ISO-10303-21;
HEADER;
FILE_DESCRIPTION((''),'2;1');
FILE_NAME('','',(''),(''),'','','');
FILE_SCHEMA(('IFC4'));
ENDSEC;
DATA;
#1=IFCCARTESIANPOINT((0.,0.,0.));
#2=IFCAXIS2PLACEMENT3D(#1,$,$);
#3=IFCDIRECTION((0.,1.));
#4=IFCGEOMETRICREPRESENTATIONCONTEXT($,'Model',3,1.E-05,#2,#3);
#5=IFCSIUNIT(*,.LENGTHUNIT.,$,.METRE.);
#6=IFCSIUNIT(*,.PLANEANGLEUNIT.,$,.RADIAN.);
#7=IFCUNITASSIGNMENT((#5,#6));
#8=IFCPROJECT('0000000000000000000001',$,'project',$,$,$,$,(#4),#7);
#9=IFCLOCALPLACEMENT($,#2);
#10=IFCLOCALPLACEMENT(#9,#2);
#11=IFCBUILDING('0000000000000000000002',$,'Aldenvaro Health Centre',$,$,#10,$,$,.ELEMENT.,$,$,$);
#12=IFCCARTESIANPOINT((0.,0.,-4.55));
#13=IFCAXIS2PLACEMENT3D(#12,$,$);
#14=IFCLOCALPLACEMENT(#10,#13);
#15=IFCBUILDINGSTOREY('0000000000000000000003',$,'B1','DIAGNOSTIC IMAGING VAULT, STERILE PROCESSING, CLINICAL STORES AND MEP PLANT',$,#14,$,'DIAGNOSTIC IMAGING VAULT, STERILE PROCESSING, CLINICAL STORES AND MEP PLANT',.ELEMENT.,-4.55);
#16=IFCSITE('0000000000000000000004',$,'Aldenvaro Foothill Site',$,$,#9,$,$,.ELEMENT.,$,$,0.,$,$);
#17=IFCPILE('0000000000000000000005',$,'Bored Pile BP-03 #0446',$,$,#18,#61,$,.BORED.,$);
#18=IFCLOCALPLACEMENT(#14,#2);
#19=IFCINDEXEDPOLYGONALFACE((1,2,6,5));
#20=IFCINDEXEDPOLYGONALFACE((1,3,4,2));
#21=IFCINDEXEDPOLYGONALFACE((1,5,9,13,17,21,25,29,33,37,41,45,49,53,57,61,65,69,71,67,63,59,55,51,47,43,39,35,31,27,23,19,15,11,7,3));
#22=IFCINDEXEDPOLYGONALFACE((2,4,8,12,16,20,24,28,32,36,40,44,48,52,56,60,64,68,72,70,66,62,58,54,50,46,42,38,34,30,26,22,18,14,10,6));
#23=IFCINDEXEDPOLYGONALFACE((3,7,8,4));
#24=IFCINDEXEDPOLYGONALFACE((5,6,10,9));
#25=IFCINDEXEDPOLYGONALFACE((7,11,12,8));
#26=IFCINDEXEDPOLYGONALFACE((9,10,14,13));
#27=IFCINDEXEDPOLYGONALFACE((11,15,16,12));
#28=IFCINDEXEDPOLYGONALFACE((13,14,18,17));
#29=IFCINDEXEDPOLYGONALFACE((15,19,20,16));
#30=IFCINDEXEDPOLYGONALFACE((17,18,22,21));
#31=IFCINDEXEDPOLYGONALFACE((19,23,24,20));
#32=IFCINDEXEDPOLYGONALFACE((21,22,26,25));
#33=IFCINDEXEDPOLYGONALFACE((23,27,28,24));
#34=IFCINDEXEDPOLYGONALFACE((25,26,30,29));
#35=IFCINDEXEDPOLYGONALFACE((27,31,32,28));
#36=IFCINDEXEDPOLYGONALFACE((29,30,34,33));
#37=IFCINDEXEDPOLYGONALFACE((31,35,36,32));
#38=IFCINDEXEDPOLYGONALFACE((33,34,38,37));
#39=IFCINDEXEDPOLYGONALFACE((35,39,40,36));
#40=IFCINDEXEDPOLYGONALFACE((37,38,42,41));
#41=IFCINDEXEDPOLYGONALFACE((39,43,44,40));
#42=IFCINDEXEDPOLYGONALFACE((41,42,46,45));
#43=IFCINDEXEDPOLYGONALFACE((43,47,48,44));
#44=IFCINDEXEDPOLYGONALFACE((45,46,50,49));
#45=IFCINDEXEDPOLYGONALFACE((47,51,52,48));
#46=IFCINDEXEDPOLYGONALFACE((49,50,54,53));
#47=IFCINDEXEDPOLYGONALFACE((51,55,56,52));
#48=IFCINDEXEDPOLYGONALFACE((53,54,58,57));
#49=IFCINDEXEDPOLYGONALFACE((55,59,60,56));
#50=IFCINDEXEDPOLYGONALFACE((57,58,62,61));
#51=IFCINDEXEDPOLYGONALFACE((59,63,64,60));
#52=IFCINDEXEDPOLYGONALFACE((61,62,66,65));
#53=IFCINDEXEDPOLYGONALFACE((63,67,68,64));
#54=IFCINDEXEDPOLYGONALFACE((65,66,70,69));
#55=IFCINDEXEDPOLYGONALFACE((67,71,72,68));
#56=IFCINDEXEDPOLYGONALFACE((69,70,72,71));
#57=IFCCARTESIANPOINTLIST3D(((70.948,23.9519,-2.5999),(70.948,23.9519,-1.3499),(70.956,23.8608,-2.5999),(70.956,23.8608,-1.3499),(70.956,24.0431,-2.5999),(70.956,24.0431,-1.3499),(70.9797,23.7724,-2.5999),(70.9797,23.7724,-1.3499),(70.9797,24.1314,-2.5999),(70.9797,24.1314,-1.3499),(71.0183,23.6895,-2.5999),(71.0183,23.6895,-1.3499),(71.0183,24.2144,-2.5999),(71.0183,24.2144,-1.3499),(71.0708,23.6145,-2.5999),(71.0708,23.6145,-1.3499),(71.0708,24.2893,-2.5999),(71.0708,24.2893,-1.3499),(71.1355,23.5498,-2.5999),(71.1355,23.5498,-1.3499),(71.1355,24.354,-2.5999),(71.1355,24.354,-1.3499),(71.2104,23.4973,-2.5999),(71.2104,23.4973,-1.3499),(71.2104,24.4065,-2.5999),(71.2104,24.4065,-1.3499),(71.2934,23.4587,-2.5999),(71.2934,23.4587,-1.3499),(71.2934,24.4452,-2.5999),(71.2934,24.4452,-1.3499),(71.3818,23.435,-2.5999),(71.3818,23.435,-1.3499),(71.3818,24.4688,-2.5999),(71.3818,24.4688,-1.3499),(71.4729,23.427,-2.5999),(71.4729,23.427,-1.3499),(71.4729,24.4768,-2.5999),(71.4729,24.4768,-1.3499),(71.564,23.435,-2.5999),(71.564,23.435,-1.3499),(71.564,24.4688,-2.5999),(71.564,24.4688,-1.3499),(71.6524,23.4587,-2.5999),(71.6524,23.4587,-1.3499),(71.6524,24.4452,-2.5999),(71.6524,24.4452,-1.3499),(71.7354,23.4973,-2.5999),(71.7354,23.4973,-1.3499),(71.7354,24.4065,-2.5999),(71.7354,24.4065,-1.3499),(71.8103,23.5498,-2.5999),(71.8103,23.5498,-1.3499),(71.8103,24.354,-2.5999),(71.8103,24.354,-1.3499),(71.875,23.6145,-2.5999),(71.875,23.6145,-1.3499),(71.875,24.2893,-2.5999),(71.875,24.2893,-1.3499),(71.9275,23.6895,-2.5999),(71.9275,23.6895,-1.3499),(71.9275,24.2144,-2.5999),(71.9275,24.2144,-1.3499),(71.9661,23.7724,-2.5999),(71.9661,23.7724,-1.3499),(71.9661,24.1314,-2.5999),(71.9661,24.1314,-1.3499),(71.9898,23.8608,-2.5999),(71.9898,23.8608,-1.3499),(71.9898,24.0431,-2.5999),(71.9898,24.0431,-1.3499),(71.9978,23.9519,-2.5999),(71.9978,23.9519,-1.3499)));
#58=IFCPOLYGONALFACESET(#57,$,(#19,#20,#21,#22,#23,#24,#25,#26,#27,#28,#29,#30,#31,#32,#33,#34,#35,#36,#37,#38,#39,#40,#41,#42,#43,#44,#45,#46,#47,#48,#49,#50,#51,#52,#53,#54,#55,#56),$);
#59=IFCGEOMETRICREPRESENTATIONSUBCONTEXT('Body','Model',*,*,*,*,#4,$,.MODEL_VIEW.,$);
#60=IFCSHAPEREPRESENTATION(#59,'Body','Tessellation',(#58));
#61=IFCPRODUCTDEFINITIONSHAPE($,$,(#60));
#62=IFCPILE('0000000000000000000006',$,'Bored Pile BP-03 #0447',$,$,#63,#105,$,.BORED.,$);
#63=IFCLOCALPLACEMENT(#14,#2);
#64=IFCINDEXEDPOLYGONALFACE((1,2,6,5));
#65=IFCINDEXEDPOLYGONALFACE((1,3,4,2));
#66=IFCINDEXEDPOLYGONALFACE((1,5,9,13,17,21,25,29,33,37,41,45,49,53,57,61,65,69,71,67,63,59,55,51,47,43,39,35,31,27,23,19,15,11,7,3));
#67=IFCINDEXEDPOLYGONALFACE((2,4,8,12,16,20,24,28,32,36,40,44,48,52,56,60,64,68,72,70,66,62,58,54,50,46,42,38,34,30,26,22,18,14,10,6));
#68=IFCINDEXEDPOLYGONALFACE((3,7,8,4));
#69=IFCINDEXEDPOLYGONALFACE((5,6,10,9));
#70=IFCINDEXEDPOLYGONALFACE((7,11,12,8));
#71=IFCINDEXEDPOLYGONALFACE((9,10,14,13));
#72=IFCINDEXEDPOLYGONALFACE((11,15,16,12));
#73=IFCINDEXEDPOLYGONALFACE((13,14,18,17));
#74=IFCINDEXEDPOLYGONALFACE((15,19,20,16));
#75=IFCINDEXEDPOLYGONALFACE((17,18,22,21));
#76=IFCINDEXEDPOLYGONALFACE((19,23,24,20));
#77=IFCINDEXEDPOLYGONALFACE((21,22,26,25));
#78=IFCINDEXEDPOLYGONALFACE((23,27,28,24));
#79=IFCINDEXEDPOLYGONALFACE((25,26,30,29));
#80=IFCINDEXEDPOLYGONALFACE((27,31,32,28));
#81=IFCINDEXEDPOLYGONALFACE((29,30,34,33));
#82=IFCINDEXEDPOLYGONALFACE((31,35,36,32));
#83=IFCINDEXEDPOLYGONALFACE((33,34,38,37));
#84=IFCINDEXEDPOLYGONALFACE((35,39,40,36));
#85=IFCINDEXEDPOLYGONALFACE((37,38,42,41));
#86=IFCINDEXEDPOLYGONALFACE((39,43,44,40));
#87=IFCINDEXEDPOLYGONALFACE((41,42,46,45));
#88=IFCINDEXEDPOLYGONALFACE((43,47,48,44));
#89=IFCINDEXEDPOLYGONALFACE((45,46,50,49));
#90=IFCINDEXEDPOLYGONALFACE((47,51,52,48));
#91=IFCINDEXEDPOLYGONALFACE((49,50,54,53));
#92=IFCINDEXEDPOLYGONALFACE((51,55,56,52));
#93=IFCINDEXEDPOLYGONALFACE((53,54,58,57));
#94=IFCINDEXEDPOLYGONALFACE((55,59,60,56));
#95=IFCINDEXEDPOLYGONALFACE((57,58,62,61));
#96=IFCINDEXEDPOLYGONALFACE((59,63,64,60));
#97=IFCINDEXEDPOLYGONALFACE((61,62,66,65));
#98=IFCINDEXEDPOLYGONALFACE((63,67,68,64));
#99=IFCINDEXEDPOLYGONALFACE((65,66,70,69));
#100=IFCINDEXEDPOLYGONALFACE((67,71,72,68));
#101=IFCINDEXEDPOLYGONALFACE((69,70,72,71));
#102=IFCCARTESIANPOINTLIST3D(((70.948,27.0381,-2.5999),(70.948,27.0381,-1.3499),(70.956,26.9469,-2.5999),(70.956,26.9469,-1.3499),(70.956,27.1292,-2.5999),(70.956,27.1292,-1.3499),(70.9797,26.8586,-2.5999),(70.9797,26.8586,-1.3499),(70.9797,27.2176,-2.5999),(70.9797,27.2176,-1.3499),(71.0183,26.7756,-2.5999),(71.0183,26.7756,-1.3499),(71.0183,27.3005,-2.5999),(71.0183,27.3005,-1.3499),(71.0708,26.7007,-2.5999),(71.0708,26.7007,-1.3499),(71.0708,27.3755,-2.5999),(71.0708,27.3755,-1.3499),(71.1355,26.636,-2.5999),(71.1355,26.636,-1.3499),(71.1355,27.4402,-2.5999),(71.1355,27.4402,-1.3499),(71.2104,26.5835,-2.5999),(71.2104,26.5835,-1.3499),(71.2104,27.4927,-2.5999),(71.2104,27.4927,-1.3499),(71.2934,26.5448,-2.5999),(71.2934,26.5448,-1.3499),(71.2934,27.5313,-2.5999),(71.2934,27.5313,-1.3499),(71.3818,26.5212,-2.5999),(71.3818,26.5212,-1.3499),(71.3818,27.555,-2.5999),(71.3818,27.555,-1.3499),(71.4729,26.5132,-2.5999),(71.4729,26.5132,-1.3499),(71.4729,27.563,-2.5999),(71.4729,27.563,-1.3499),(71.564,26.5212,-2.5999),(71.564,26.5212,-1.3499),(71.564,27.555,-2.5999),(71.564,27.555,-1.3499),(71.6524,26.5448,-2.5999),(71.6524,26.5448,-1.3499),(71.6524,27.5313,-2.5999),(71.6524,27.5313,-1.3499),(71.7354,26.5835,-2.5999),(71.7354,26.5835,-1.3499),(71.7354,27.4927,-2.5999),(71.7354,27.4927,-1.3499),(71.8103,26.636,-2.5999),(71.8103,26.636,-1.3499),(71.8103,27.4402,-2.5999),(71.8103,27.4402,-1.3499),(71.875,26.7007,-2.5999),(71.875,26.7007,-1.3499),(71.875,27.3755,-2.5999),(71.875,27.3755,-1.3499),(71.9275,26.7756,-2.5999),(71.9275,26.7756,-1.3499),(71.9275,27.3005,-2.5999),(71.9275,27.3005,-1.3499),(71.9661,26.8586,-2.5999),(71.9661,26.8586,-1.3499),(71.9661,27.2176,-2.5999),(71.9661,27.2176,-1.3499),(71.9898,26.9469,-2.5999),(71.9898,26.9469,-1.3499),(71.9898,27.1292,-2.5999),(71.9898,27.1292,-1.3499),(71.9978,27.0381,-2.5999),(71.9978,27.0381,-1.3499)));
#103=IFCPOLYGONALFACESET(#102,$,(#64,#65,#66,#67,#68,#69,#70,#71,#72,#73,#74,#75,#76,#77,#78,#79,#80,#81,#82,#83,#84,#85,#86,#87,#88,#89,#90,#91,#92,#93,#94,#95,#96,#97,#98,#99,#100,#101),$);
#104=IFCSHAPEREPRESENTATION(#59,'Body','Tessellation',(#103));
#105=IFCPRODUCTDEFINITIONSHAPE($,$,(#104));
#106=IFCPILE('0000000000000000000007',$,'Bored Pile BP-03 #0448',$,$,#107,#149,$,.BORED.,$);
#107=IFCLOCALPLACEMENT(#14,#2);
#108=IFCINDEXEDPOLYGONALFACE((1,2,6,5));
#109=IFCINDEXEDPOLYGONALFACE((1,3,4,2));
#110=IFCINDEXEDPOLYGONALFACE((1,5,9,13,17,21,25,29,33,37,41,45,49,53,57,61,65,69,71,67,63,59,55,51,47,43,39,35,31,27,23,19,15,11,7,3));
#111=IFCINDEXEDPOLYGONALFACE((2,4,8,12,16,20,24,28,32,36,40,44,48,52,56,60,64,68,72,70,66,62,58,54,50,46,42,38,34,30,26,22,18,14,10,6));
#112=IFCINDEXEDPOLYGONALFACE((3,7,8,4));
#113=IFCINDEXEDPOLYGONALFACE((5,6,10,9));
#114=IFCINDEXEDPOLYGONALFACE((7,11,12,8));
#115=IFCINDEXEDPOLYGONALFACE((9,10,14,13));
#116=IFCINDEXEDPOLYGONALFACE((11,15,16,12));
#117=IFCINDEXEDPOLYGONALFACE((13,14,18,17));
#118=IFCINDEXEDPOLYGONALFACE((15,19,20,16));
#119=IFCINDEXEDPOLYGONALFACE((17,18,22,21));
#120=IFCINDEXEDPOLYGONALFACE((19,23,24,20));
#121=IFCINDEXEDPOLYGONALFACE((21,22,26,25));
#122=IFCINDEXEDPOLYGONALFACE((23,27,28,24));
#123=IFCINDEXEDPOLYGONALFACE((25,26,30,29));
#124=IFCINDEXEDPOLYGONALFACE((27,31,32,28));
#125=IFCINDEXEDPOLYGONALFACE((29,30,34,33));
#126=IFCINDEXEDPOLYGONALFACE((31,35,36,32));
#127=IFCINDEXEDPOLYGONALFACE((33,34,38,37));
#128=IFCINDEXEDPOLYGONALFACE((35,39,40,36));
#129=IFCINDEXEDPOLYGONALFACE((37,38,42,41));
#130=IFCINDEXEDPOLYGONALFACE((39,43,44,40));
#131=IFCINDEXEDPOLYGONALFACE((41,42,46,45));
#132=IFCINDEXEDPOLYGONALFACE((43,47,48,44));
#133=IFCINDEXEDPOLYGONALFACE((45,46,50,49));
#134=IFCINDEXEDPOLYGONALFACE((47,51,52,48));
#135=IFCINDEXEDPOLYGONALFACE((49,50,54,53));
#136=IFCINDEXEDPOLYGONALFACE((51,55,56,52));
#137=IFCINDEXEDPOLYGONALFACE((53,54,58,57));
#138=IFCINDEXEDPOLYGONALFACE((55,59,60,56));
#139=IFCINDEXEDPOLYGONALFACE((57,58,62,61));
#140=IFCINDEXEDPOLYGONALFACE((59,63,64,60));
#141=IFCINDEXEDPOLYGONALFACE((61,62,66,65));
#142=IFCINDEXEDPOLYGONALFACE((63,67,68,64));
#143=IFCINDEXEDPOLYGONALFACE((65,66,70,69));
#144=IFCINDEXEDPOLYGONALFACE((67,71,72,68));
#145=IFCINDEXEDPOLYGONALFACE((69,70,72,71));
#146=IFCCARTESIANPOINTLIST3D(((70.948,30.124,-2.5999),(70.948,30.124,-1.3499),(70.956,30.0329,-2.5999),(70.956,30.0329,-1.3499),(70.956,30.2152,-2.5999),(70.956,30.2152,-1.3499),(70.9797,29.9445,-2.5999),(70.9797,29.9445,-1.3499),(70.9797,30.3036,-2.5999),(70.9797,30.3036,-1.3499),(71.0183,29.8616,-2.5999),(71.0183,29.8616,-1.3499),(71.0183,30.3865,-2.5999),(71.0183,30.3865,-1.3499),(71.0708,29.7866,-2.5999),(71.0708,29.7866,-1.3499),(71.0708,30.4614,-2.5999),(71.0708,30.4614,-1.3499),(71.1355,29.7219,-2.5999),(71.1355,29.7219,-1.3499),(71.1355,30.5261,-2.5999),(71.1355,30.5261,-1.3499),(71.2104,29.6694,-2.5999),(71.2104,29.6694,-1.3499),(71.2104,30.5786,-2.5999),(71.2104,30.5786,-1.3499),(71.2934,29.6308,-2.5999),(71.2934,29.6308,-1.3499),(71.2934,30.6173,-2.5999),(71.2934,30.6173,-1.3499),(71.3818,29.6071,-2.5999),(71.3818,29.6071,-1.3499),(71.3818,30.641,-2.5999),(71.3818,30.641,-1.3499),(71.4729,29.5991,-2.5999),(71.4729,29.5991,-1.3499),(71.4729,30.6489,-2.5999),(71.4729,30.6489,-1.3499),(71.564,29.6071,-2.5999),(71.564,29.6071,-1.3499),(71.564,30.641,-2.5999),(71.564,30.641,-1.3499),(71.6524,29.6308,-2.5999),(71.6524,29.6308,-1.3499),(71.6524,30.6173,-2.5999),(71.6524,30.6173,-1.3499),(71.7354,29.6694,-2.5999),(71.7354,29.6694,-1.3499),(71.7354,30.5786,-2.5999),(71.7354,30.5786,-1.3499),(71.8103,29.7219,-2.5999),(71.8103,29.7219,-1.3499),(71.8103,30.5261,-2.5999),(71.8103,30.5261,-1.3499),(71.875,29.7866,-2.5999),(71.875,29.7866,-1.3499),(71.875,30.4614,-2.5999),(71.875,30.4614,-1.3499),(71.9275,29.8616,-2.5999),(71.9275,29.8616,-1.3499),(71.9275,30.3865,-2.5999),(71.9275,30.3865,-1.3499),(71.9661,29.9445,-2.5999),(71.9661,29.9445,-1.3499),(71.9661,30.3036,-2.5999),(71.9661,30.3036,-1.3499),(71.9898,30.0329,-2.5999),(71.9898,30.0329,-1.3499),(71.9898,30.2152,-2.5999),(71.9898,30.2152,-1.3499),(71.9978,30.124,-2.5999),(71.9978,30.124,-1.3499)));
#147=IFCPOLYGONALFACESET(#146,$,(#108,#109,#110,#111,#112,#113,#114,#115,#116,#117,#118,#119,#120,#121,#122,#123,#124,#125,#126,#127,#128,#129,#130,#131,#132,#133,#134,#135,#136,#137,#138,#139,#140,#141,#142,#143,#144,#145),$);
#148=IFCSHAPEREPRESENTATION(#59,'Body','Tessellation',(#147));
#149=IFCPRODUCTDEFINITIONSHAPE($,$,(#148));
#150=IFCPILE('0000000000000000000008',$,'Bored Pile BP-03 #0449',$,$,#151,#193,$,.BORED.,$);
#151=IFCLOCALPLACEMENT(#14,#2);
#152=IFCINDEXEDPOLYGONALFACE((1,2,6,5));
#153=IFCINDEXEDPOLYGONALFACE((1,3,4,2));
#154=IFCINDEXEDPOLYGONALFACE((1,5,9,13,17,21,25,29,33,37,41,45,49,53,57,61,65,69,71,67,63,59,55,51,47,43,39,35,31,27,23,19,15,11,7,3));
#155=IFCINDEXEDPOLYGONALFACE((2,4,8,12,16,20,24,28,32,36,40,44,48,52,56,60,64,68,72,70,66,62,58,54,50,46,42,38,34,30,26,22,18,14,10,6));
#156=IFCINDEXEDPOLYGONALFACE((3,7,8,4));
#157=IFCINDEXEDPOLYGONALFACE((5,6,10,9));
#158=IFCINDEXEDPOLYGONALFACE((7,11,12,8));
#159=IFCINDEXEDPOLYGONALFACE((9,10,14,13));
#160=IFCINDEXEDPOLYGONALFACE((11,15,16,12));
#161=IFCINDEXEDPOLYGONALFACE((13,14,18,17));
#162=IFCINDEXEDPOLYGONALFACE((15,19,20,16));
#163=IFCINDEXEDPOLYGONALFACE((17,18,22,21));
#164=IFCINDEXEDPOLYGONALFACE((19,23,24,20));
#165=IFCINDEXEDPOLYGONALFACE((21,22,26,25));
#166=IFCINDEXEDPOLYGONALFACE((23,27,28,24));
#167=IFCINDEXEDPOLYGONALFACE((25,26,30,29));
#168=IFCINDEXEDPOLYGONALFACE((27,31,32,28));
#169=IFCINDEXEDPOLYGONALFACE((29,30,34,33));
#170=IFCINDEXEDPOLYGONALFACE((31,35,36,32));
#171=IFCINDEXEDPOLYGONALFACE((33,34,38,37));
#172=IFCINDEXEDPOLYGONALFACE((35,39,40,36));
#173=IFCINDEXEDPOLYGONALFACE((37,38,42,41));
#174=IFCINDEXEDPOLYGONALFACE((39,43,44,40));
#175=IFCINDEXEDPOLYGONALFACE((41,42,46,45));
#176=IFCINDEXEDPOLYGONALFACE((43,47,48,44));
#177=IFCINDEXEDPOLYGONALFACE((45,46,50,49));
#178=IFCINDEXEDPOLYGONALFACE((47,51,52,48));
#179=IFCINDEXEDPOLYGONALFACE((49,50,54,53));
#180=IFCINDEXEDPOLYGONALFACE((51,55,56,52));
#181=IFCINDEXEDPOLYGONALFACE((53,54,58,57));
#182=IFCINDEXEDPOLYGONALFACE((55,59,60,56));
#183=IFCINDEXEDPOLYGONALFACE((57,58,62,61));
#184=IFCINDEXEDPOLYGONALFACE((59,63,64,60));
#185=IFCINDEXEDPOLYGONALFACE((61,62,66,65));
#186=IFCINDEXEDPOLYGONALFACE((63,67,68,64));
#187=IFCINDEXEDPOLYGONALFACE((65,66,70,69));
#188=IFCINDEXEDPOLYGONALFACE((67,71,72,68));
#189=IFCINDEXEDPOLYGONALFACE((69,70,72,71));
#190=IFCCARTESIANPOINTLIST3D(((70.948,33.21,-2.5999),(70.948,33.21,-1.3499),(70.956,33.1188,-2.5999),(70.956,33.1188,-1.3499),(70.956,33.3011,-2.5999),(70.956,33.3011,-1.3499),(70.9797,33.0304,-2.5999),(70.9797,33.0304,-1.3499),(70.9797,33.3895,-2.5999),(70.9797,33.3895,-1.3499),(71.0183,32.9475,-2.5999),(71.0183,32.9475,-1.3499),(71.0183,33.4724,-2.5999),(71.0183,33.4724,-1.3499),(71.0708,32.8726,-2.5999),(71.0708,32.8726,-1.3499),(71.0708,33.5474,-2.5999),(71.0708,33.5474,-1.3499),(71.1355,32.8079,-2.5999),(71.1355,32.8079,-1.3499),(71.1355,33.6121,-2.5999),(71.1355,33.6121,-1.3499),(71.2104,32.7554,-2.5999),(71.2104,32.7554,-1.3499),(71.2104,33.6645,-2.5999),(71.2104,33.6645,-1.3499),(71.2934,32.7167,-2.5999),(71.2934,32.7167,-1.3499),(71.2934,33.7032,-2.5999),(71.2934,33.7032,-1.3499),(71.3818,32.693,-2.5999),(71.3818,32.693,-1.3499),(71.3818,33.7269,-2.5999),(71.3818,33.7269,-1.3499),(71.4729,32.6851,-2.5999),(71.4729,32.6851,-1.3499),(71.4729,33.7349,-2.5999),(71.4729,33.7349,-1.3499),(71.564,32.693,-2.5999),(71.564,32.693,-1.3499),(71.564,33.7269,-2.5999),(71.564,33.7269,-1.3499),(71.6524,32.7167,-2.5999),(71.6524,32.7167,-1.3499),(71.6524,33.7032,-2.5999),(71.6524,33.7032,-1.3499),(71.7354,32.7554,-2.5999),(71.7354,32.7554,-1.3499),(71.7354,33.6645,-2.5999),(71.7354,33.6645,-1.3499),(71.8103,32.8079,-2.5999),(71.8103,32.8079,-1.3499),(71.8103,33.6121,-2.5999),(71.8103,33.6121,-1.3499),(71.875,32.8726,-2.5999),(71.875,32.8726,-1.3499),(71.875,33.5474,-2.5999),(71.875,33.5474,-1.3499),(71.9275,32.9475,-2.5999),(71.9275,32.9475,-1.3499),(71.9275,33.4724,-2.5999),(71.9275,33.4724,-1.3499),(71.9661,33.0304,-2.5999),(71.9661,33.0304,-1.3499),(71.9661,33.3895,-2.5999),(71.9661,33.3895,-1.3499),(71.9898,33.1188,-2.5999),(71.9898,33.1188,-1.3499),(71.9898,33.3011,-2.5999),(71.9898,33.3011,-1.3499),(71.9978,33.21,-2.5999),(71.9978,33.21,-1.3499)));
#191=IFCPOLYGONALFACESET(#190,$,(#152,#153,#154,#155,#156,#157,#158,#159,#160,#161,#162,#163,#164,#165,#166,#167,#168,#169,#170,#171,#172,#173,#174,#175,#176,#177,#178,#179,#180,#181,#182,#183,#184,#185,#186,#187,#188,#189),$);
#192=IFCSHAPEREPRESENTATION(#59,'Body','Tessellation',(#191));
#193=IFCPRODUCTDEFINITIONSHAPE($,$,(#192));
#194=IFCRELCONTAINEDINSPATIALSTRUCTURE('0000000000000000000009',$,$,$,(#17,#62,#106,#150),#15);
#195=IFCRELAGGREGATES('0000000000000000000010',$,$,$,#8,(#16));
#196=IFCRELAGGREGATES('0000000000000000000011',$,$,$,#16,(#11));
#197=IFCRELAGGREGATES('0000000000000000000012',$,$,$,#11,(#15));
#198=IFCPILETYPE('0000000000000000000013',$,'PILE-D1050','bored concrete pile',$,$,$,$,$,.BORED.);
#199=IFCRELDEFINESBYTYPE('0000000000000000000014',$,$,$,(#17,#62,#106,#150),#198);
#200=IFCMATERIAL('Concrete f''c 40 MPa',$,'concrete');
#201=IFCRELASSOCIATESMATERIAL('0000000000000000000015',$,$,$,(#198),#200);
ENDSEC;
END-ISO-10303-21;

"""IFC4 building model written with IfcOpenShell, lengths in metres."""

from ifc_helpers import new_model, si_unit, direction, frame, origin, origin_2d, place, context, subcontext, project, spatial, circle, extrude, material, material_profile, profile_set, type_object, element, save


model = new_model("IFC4")

# Units and contexts
model_context = context("Model", 3, precision=1e-05, world=origin(), true_north=direction((0.0, 1.0)))
body_context = subcontext(model_context, "Body", "Model", "MODEL_VIEW")
ifc_project = project(units=[si_unit("LENGTHUNIT", "METRE"), si_unit("PLANEANGLEUNIT", "RADIAN")], contexts=[model_context])

# Site, building, storey
site_placement = place(None, origin())
site = spatial("IfcSite", under=ifc_project, at=site_placement, Name="Aldenvaro Foothill Site", CompositionType="ELEMENT", RefElevation=0.0)
building_placement = place(site_placement, origin())
building = spatial("IfcBuilding", under=site, at=building_placement, Name="Aldenvaro Health Centre", CompositionType="ELEMENT")
storey_placement = place(building_placement, frame((0.0, 0.0, -4.55)))
storey = spatial("IfcBuildingStorey", under=building, at=storey_placement, Name="B1", Description="DIAGNOSTIC IMAGING VAULT, STERILE PROCESSING, CLINICAL STORES AND MEP PLANT", LongName="DIAGNOSTIC IMAGING VAULT, STERILE PROCESSING, CLINICAL STORES AND MEP PLANT", CompositionType="ELEMENT", Elevation=-4.55)

# Piles
ifc_material_1 = material(Name="Concrete f'c 40 MPa", Category="concrete")
ifc_material_profile_1 = material_profile(ifc_material_1, circle(Radius=0.5249, at=origin_2d()), Name="PILE D1050", Category="concrete")
ifc_profile_set_1 = profile_set([ifc_material_profile_1], Name="Concrete f'c 40 MPa")
pile_type = type_object("IfcPileType", Name="PILE-D1050", Description="bored concrete pile", PredefinedType="BORED", material=ifc_profile_set_1)
for number, where, z_axis, x_axis, name in (
    (1, (71.4729, 23.9519, -1.3499), (0.0, 0.0, -1.0), (1.0, 0.0, 0.0), "Bored Pile BP-03 #0446"),
    (2, (71.4729, 27.0381, -1.3499), (0.0, 0.0, -1.0), (1.0, 0.0, 0.0), "Bored Pile BP-03 #0447"),
    (3, (71.4729, 30.124, -1.3499), (0.0, 0.0, -1.0), (1.0, 0.0, 0.0), "Bored Pile BP-03 #0448"),
    (4, (71.4729, 33.21, -1.3499), (0.0, 0.0, -1.0), (1.0, 0.0, 0.0), "Bored Pile BP-03 #0449"),
):
    element("IfcPile", number, at=place(storey_placement, frame(where, z_axis=z_axis, x_axis=x_axis)), inside=storey, type_object=pile_type, Name=name, PredefinedType="BORED", context=body_context, shape_type="SweptSolid", body=[
        extrude(circle(Radius=0.5249, at=origin_2d()), origin(), (0.0, 0.0, 1.0), 1.25),
    ])

save(model, "model.ifc")
